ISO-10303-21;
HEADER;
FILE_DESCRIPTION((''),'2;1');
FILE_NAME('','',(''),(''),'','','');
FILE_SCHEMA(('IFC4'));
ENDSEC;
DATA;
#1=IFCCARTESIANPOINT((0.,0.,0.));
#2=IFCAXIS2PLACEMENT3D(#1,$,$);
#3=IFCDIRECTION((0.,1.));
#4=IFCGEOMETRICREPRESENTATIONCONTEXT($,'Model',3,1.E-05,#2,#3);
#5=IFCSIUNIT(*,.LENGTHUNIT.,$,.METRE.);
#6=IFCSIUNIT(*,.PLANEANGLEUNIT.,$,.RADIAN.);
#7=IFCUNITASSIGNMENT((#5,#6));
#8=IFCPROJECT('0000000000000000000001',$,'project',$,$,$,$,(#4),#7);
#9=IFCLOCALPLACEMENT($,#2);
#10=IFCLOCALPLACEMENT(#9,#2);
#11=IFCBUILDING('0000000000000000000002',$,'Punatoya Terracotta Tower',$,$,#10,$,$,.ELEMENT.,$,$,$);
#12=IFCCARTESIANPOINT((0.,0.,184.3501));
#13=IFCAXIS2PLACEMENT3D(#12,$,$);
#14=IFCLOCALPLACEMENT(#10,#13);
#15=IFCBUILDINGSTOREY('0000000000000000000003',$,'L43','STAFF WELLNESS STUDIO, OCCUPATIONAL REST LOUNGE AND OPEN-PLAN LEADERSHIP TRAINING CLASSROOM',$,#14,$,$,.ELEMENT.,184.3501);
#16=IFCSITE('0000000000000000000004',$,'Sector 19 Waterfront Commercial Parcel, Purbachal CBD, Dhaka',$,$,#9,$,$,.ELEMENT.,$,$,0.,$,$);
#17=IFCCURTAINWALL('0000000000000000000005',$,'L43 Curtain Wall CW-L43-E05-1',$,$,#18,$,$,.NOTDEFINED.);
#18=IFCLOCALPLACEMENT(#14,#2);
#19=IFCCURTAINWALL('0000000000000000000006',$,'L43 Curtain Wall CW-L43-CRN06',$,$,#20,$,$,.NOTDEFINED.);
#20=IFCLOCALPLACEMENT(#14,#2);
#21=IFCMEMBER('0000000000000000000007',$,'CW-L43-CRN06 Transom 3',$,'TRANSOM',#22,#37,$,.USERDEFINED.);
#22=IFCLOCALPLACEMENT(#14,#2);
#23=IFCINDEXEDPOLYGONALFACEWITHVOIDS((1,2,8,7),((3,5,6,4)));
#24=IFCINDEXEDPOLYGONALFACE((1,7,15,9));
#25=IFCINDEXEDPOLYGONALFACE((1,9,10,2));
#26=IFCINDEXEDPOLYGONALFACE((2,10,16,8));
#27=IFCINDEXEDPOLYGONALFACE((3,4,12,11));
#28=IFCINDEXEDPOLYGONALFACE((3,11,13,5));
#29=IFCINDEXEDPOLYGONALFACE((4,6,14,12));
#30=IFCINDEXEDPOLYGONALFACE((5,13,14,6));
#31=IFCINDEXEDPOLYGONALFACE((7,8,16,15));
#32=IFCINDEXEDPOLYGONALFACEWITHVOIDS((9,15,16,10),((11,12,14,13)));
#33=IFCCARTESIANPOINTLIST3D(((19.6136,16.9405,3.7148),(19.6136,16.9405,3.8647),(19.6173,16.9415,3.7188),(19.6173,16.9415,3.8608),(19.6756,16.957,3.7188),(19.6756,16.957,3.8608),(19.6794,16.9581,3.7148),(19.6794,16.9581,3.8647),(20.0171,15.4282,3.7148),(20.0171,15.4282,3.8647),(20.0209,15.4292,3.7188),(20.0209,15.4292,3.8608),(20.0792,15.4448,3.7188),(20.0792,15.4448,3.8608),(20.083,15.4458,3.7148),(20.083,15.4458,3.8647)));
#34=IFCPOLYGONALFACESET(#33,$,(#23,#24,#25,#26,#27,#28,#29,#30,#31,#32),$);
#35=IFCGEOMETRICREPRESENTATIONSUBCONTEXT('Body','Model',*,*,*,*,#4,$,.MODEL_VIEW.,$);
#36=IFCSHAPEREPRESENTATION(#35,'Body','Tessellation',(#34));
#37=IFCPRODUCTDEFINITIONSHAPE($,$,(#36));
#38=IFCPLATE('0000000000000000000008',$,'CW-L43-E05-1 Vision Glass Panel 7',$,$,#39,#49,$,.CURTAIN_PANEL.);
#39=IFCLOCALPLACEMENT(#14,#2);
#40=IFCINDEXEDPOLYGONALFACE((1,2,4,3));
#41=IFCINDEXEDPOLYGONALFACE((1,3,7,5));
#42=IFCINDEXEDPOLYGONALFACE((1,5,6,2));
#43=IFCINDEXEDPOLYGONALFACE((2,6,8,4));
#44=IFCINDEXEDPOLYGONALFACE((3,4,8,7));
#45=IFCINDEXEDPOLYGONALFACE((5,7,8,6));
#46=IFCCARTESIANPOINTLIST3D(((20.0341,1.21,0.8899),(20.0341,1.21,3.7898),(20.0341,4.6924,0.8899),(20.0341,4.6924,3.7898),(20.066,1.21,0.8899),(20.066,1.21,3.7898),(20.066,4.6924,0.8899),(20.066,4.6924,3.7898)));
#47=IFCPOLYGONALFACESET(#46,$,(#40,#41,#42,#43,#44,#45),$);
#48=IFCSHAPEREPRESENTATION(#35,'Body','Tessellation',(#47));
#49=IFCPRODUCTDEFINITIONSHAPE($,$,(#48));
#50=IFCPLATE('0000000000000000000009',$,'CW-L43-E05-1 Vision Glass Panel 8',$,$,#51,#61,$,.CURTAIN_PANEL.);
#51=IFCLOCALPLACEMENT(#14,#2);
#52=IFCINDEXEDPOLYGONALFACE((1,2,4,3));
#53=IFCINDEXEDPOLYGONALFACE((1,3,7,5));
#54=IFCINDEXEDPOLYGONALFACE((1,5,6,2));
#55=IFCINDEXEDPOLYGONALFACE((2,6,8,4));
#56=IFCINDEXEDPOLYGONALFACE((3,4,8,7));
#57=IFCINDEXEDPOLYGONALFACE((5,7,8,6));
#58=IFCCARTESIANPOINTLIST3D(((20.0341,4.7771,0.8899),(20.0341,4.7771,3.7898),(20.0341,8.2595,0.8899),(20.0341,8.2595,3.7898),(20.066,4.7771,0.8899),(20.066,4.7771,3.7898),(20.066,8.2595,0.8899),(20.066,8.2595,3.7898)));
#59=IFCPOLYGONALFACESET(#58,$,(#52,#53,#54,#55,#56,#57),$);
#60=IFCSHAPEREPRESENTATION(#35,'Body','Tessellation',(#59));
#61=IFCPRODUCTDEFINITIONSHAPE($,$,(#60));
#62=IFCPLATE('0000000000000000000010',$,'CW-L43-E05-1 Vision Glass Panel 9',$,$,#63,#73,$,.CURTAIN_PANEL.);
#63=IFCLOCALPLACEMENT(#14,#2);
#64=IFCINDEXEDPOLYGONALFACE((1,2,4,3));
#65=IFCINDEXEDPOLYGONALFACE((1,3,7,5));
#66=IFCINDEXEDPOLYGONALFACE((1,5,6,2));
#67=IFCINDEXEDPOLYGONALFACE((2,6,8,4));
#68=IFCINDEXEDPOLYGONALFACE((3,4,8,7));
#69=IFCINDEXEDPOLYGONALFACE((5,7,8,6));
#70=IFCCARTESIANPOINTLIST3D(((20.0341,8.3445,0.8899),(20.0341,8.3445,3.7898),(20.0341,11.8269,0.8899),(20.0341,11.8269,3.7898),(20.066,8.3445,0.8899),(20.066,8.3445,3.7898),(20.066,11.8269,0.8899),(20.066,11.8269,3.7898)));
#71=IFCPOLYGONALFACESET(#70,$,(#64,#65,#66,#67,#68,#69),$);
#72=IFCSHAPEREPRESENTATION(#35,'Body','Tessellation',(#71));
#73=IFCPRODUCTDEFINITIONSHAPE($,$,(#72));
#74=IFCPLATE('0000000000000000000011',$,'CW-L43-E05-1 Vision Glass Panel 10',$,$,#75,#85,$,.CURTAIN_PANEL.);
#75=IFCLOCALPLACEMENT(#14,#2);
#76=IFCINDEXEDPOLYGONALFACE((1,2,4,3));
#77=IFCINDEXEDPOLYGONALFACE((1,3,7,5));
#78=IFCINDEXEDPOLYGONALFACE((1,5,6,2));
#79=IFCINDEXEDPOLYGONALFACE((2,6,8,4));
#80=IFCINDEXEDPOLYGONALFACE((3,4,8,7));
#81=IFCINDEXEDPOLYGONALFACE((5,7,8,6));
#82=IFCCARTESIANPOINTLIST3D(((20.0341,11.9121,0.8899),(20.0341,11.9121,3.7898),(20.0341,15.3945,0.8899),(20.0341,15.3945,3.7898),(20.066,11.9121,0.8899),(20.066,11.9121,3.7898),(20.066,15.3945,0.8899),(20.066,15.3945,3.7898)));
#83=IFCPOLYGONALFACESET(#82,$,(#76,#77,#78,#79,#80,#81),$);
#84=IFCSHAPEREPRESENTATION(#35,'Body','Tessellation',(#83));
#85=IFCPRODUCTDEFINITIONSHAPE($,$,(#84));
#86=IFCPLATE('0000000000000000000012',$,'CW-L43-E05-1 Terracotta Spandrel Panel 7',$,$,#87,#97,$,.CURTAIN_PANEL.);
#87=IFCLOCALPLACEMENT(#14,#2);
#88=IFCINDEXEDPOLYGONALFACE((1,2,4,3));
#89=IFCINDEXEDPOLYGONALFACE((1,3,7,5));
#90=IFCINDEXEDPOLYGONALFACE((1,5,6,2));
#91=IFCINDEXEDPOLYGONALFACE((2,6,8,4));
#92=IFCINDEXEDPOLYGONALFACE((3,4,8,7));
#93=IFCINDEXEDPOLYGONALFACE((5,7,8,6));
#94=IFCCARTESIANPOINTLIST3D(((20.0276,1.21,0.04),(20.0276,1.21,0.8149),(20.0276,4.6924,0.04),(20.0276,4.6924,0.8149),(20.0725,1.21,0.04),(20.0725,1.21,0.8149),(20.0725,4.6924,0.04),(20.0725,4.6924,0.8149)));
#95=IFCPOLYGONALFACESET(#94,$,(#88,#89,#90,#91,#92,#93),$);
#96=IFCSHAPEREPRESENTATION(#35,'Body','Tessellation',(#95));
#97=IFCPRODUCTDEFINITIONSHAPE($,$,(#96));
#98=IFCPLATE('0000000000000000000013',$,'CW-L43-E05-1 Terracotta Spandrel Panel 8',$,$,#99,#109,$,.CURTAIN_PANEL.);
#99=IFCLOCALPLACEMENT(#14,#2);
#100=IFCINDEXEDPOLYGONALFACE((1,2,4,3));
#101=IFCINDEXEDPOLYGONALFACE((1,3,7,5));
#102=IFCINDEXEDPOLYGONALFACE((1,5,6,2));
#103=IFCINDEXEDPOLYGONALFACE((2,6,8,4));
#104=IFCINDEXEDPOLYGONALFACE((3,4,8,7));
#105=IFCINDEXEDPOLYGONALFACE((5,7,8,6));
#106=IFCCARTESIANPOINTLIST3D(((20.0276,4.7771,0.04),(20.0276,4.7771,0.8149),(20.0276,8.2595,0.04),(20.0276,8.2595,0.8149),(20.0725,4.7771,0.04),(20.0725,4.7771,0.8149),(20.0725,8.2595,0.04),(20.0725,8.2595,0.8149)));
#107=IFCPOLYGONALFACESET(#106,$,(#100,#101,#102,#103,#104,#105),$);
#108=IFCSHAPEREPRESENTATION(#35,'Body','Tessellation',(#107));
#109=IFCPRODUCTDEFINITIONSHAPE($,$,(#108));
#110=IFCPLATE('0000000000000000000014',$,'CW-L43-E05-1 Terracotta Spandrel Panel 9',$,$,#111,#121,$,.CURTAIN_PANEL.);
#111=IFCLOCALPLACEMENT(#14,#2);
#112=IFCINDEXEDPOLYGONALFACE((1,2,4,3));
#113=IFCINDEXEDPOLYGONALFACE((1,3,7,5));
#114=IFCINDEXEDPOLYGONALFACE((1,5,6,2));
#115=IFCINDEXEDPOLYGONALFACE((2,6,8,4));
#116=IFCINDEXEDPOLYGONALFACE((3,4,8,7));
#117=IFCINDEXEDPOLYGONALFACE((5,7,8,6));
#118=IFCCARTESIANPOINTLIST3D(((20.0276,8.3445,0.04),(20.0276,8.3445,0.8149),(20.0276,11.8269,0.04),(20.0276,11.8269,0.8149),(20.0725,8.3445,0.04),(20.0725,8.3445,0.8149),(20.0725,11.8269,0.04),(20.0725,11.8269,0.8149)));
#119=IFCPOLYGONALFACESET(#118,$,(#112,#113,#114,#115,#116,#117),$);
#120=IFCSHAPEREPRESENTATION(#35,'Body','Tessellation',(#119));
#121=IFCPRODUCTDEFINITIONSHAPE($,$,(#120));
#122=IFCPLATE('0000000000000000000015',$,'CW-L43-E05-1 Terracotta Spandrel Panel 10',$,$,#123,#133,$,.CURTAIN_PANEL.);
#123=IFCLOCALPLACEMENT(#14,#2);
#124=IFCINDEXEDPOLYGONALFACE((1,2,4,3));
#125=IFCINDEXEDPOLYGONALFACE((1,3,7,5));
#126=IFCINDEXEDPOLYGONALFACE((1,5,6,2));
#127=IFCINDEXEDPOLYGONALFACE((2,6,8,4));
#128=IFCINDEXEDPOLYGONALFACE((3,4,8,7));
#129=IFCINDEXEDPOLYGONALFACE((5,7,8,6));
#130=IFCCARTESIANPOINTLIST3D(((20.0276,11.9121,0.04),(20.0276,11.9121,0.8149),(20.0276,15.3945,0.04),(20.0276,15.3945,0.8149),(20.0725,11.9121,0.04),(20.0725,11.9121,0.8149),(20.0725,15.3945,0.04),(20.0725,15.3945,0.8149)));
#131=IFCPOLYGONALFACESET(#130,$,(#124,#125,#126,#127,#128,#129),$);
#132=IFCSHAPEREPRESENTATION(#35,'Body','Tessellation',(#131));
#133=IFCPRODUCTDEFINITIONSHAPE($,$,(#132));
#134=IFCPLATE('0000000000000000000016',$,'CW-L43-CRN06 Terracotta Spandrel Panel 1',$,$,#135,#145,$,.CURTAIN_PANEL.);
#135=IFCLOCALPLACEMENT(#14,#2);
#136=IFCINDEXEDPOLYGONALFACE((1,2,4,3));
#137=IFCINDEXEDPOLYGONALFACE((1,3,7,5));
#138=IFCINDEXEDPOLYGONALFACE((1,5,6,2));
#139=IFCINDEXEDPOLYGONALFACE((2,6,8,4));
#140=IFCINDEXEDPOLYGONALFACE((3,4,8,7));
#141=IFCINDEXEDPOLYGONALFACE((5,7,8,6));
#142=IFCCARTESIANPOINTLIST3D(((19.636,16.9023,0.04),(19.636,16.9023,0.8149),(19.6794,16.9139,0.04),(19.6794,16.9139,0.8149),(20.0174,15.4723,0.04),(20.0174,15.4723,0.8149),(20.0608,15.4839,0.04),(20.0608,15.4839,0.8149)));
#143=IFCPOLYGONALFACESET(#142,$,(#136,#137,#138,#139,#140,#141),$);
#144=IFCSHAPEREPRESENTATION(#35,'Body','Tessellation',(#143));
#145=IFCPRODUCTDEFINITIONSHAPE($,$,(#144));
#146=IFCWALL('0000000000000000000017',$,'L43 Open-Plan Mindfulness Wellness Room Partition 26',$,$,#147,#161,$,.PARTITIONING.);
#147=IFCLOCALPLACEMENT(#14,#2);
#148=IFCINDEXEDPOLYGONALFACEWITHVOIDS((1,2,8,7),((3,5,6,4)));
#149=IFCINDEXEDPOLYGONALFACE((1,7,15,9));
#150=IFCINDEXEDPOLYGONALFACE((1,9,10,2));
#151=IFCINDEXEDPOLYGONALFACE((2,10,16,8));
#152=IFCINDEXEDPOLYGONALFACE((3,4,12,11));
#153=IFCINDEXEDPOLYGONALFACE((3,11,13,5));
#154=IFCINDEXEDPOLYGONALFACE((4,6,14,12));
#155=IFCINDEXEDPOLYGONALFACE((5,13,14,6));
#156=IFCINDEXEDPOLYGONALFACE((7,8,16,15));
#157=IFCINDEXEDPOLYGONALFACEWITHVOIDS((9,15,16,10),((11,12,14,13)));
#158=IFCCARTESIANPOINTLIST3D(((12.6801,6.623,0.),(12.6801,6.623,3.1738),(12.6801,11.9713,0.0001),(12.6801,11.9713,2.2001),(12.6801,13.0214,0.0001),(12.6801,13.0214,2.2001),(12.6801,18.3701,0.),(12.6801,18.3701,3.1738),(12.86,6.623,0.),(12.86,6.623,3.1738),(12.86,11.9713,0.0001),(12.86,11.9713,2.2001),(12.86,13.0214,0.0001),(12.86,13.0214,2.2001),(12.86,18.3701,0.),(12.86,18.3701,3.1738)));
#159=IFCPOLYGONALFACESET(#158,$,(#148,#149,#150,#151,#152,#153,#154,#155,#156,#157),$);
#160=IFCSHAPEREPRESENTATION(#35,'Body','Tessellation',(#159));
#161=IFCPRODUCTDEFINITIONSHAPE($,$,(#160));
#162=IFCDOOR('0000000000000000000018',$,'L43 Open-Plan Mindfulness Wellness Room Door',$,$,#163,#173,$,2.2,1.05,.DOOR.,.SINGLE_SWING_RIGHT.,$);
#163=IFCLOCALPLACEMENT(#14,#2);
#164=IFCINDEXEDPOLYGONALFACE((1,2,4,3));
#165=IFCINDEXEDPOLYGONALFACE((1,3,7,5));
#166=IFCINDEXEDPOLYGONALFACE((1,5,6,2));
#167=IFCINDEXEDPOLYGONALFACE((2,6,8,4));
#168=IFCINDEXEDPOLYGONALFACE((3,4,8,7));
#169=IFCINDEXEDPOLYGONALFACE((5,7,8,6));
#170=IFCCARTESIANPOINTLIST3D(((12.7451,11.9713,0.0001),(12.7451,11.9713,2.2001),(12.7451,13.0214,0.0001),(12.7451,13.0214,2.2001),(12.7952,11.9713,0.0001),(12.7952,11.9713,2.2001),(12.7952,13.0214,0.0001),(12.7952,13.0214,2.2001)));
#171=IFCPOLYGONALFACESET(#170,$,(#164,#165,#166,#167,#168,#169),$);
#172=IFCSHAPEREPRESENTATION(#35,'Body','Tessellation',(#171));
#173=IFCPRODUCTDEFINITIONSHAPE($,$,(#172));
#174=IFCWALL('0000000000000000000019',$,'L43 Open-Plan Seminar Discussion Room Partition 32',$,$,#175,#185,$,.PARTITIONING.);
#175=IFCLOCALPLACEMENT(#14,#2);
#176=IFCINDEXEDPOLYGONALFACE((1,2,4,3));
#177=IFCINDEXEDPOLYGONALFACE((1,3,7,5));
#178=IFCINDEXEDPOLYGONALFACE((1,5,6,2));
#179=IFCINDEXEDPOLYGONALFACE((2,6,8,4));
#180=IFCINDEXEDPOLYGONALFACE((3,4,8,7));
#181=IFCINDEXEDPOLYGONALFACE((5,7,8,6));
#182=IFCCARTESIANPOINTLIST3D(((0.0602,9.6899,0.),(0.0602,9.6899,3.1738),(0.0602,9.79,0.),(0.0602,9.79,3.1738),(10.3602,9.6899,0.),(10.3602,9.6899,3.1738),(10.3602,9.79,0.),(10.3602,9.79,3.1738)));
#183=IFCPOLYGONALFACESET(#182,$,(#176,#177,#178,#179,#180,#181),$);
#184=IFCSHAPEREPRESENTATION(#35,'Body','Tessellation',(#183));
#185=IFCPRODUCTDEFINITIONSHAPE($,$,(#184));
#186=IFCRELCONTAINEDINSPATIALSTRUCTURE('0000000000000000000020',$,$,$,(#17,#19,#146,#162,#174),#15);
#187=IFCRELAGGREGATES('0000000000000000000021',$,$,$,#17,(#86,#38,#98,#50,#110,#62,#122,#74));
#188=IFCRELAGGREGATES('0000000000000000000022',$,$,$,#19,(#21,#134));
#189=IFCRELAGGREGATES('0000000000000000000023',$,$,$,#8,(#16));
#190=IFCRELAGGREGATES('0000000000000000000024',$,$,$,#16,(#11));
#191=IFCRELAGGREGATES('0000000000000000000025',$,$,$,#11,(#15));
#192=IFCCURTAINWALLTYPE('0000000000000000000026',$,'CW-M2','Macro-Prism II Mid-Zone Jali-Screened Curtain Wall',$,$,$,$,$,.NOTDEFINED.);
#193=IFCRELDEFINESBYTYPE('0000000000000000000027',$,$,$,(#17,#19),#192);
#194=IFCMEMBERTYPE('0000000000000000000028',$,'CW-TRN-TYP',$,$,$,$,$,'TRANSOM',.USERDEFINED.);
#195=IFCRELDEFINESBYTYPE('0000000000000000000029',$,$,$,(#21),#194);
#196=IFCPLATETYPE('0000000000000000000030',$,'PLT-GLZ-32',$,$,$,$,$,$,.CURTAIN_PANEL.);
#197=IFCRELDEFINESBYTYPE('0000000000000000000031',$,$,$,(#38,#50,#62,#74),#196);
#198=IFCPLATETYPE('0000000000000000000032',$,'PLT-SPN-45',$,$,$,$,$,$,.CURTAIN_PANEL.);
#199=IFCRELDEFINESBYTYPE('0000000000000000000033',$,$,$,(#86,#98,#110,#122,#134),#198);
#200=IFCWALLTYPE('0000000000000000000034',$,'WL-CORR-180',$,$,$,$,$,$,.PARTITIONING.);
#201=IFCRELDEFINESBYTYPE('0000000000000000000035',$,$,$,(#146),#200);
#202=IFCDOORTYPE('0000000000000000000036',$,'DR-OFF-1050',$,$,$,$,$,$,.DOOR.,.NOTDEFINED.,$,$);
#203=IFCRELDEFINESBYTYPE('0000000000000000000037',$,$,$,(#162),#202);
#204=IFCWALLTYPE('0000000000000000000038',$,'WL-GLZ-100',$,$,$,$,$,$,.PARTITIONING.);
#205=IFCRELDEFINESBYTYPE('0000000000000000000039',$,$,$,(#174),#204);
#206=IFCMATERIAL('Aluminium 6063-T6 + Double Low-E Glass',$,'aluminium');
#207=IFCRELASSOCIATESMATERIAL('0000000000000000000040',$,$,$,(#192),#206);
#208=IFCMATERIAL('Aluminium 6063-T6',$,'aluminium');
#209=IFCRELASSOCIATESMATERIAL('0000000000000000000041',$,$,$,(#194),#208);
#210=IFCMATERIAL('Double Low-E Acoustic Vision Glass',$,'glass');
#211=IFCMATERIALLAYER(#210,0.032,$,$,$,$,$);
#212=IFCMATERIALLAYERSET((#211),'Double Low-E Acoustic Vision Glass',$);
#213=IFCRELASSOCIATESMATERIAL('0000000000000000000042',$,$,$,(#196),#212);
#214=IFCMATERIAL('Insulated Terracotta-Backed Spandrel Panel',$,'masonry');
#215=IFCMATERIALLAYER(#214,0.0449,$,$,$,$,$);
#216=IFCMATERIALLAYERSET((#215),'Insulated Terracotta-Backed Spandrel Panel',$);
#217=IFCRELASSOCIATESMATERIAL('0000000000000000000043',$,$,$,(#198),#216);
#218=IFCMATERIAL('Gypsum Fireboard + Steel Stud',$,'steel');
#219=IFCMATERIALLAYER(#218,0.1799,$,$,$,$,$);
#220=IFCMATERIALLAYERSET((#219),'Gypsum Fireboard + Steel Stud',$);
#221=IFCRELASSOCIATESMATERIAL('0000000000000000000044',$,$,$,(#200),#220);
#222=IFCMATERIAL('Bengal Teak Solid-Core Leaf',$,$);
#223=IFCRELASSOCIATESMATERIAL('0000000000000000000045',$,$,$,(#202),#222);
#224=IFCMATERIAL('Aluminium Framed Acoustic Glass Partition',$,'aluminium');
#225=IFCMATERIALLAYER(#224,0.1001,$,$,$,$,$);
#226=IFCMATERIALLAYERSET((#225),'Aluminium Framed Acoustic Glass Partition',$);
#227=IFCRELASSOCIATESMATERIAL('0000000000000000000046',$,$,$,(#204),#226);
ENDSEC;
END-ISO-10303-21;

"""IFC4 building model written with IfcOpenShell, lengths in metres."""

from ifc_helpers import new_model, si_unit, direction, frame, frame_2d, origin, origin_2d, place, context, subcontext, project, spatial, rectangle, hollow_rectangle, extrude, material, layer, layer_set, material_profile, profile_set, type_object, element, fill, aggregate, save


model = new_model("IFC4")

# Units and contexts
model_context = context("Model", 3, precision=1e-05, world=origin(), true_north=direction((0.0, 1.0)))
body_context = subcontext(model_context, "Body", "Model", "MODEL_VIEW")
ifc_project = project(units=[si_unit("LENGTHUNIT", "METRE"), si_unit("PLANEANGLEUNIT", "RADIAN")], contexts=[model_context])

# Site, building, storey
site_placement = place(None, origin())
site = spatial("IfcSite", under=ifc_project, at=site_placement, Name="Sector 19 Waterfront Commercial Parcel, Purbachal CBD, Dhaka", CompositionType="ELEMENT", RefElevation=0.0)
building_placement = place(site_placement, origin())
building = spatial("IfcBuilding", under=site, at=building_placement, Name="Punatoya Terracotta Tower", CompositionType="ELEMENT")
storey_placement = place(building_placement, frame((0.0, 0.0, 184.3501)))
storey = spatial("IfcBuildingStorey", under=building, at=storey_placement, Name="L43", Description="STAFF WELLNESS STUDIO, OCCUPATIONAL REST LOUNGE AND OPEN-PLAN LEADERSHIP TRAINING CLASSROOM", CompositionType="ELEMENT", Elevation=184.3501)

# Curtain walls, member
ifc_material_1 = material(Name="Aluminium 6063-T6 + Double Low-E Glass", Category="aluminium")
curtain_wall_type = type_object("IfcCurtainWallType", Name="CW-M2", Description="Macro-Prism II Mid-Zone Jali-Screened Curtain Wall", PredefinedType="NOTDEFINED", material=ifc_material_1)
curtain_wall_1_placement = place(storey_placement, origin())
curtain_wall_1 = element("IfcCurtainWall", 1, at=curtain_wall_1_placement, inside=storey, type_object=curtain_wall_type, Name="L43 Curtain Wall CW-L43-E05-1", PredefinedType="NOTDEFINED")
ifc_material_2 = material(Name="Aluminium 6063-T6", Category="aluminium")
curtain_wall_2_placement = place(storey_placement, origin())
curtain_wall_2 = element("IfcCurtainWall", 2, at=curtain_wall_2_placement, inside=storey, type_object=curtain_wall_type, Name="L43 Curtain Wall CW-L43-CRN06", PredefinedType="NOTDEFINED")
ifc_material_profile_1 = material_profile(ifc_material_2, hollow_rectangle(XDim=0.0681, YDim=0.1499, WallThickness=0.0039, at=origin_2d()))
ifc_profile_set_1 = profile_set([ifc_material_profile_1], Name="Aluminium 6063-T6")
member_type_1 = type_object("IfcMemberType", Name="CW-TRN-TYP", ElementType="TRANSOM", PredefinedType="USERDEFINED", material=ifc_profile_set_1)
member_1_placement = place(storey_placement, frame((20.05, 15.437, 3.7898), z_axis=(-0.257847, 0.966186, 0.0), x_axis=(-0.966186, -0.257847, 0.0)))
member_1 = element("IfcMember", 3, at=member_1_placement, type_object=member_type_1, Name="CW-L43-CRN06 Transom 3", ObjectType="TRANSOM", PredefinedType="USERDEFINED", context=body_context, shape_type="SweptSolid", body=[
    extrude(hollow_rectangle(XDim=0.0681, YDim=0.1499, WallThickness=0.0039, at=origin_2d()), origin(), (0.0, 0.0, 1.0), 1.5652),
])

# Plates
ifc_material_3 = material(Name="Double Low-E Acoustic Vision Glass", Category="glass")
ifc_layer_1 = layer(ifc_material_3, 0.032)
ifc_layer_set_1 = layer_set([ifc_layer_1], Name="Double Low-E Acoustic Vision Glass")
plate_type_1 = type_object("IfcPlateType", Name="PLT-GLZ-32", PredefinedType="CURTAIN_PANEL", material=ifc_layer_set_1)
plate_1_placement = place(storey_placement, frame((20.05, 2.9512, 0.8899), z_axis=(0.0, 0.0, 1.0), x_axis=(0.0, 1.0, 0.0)))
plate_1 = element("IfcPlate", 4, at=plate_1_placement, type_object=plate_type_1, Name="CW-L43-E05-1 Vision Glass Panel 7", PredefinedType="CURTAIN_PANEL", context=body_context, shape_type="SweptSolid", body=[
    extrude(rectangle(XDim=3.4824, YDim=0.032, at=origin_2d()), origin(), (0.0, 0.0, 1.0), 2.8999),
])
plate_2_placement = place(storey_placement, frame((20.05, 6.5183, 0.8899), z_axis=(0.0, 0.0, 1.0), x_axis=(0.0, 1.0, 0.0)))
plate_2 = element("IfcPlate", 5, at=plate_2_placement, type_object=plate_type_1, Name="CW-L43-E05-1 Vision Glass Panel 8", PredefinedType="CURTAIN_PANEL", context=body_context, shape_type="SweptSolid", body=[
    extrude(rectangle(XDim=3.4824, YDim=0.032, at=origin_2d()), origin(), (0.0, 0.0, 1.0), 2.8999),
])
plate_3_placement = place(storey_placement, frame((20.05, 10.0857, 0.8899), z_axis=(0.0, 0.0, 1.0), x_axis=(0.0, 1.0, 0.0)))
plate_3 = element("IfcPlate", 6, at=plate_3_placement, type_object=plate_type_1, Name="CW-L43-E05-1 Vision Glass Panel 9", PredefinedType="CURTAIN_PANEL", context=body_context, shape_type="SweptSolid", body=[
    extrude(rectangle(XDim=3.4824, YDim=0.032, at=origin_2d()), origin(), (0.0, 0.0, 1.0), 2.8999),
])
plate_4_placement = place(storey_placement, frame((20.05, 13.6533, 0.8899), z_axis=(0.0, 0.0, 1.0), x_axis=(0.0, 1.0, 0.0)))
plate_4 = element("IfcPlate", 7, at=plate_4_placement, type_object=plate_type_1, Name="CW-L43-E05-1 Vision Glass Panel 10", PredefinedType="CURTAIN_PANEL", context=body_context, shape_type="SweptSolid", body=[
    extrude(rectangle(XDim=3.4824, YDim=0.032, at=origin_2d()), origin(), (0.0, 0.0, 1.0), 2.8999),
])
ifc_material_4 = material(Name="Insulated Terracotta-Backed Spandrel Panel", Category="masonry")
ifc_layer_2 = layer(ifc_material_4, 0.0449)
ifc_layer_set_2 = layer_set([ifc_layer_2], Name="Insulated Terracotta-Backed Spandrel Panel")
plate_type_2 = type_object("IfcPlateType", Name="PLT-SPN-45", PredefinedType="CURTAIN_PANEL", material=ifc_layer_set_2)
plate_5_placement = place(storey_placement, frame((20.05, 2.9512, 0.04), z_axis=(0.0, 0.0, 1.0), x_axis=(0.0, 1.0, 0.0)))
plate_5 = element("IfcPlate", 8, at=plate_5_placement, type_object=plate_type_2, Name="CW-L43-E05-1 Terracotta Spandrel Panel 7", PredefinedType="CURTAIN_PANEL", context=body_context, shape_type="SweptSolid", body=[
    extrude(rectangle(XDim=3.4824, YDim=0.0449, at=origin_2d()), origin(), (0.0, 0.0, 1.0), 0.7749),
])
plate_6_placement = place(storey_placement, frame((20.05, 6.5183, 0.04), z_axis=(0.0, 0.0, 1.0), x_axis=(0.0, 1.0, 0.0)))
plate_6 = element("IfcPlate", 9, at=plate_6_placement, type_object=plate_type_2, Name="CW-L43-E05-1 Terracotta Spandrel Panel 8", PredefinedType="CURTAIN_PANEL", context=body_context, shape_type="SweptSolid", body=[
    extrude(rectangle(XDim=3.4824, YDim=0.0449, at=origin_2d()), origin(), (0.0, 0.0, 1.0), 0.7749),
])
plate_7_placement = place(storey_placement, frame((20.05, 10.0857, 0.04), z_axis=(0.0, 0.0, 1.0), x_axis=(0.0, 1.0, 0.0)))
plate_7 = element("IfcPlate", 10, at=plate_7_placement, type_object=plate_type_2, Name="CW-L43-E05-1 Terracotta Spandrel Panel 9", PredefinedType="CURTAIN_PANEL", context=body_context, shape_type="SweptSolid", body=[
    extrude(rectangle(XDim=3.4824, YDim=0.0449, at=origin_2d()), origin(), (0.0, 0.0, 1.0), 0.7749),
])
plate_8_placement = place(storey_placement, frame((20.05, 13.6533, 0.04), z_axis=(0.0, 0.0, 1.0), x_axis=(0.0, 1.0, 0.0)))
plate_8 = element("IfcPlate", 11, at=plate_8_placement, type_object=plate_type_2, Name="CW-L43-E05-1 Terracotta Spandrel Panel 10", PredefinedType="CURTAIN_PANEL", context=body_context, shape_type="SweptSolid", body=[
    extrude(rectangle(XDim=3.4824, YDim=0.0449, at=origin_2d()), origin(), (0.0, 0.0, 1.0), 0.7749),
])
aggregate(curtain_wall_1, [plate_5, plate_1, plate_6, plate_2, plate_7, plate_3, plate_8, plate_4])
plate_9_placement = place(storey_placement, frame((19.8484, 16.1931, 0.04), z_axis=(0.0, 0.0, 1.0), x_axis=(-0.257742, 0.966214, 0.0)))
plate_9 = element("IfcPlate", 12, at=plate_9_placement, type_object=plate_type_2, Name="CW-L43-CRN06 Terracotta Spandrel Panel 1", PredefinedType="CURTAIN_PANEL", context=body_context, shape_type="SweptSolid", body=[
    extrude(rectangle(XDim=1.48, YDim=0.0449, at=origin_2d()), origin(), (0.0, 0.0, 1.0), 0.7749),
])
aggregate(curtain_wall_2, [member_1, plate_9])

# Wall, opening, door
ifc_material_5 = material(Name="Gypsum Fireboard + Steel Stud", Category="steel")
ifc_layer_3 = layer(ifc_material_5, 0.1799)
ifc_layer_set_3 = layer_set([ifc_layer_3], Name="Gypsum Fireboard + Steel Stud")
wall_type_1 = type_object("IfcWallType", Name="WL-CORR-180", PredefinedType="PARTITIONING", material=ifc_layer_set_3)
wall_1_placement = place(storey_placement, frame((12.77, 6.623, 0.0), z_axis=(0.0, 0.0, 1.0), x_axis=(0.0, 1.0, 0.0)))
wall_1 = element("IfcWall", 13, at=wall_1_placement, inside=storey, type_object=wall_type_1, Name="L43 Open-Plan Mindfulness Wellness Room Partition 26", PredefinedType="PARTITIONING", context=body_context, shape_type="SweptSolid", body=[
    extrude(rectangle(XDim=11.7471, YDim=0.1799, at=frame_2d((5.8735, 0.0))), origin(), (0.0, 0.0, 1.0), 3.1738),
])
opening_placement = place(wall_1_placement, frame((5.3484, 0.0, 0.0)))
opening = element("IfcOpeningElement", 14, at=opening_placement, cuts=wall_1, PredefinedType="OPENING", context=body_context, shape_type="SweptSolid", body=[
    extrude(rectangle(XDim=1.05, YDim=2.2, at=frame_2d((0.5249, 1.1001))), frame((0.0, 0.0999, 0.0), z_axis=(0.0, -1.0, 0.0), x_axis=(1.0, 0.0, 0.0)), (0.0, 0.0, 1.0), 0.2),
])
ifc_material_6 = material(Name="Bengal Teak Solid-Core Leaf")
door_type = type_object("IfcDoorType", Name="DR-OFF-1050", OperationType="NOTDEFINED", PredefinedType="DOOR", material=ifc_material_6)
door_placement = place(opening_placement, origin())
door = element("IfcDoor", 15, at=door_placement, inside=storey, type_object=door_type, Name="L43 Open-Plan Mindfulness Wellness Room Door", OperationType="SINGLE_SWING_RIGHT", OverallHeight=2.2, OverallWidth=1.05, PredefinedType="DOOR", context=body_context, shape_type="SweptSolid", body=[
    extrude(rectangle(XDim=1.05, YDim=2.2, at=frame_2d((0.5249, 1.1001))), frame((0.0, 0.0249, 0.0), z_axis=(0.0, -1.0, 0.0), x_axis=(1.0, 0.0, 0.0)), (0.0, 0.0, 1.0), 0.05),
])
fill(opening, door)

# Wall
ifc_material_7 = material(Name="Aluminium Framed Acoustic Glass Partition", Category="aluminium")
ifc_layer_4 = layer(ifc_material_7, 0.1001)
ifc_layer_set_4 = layer_set([ifc_layer_4], Name="Aluminium Framed Acoustic Glass Partition")
wall_type_2 = type_object("IfcWallType", Name="WL-GLZ-100", PredefinedType="PARTITIONING", material=ifc_layer_set_4)
wall_2_placement = place(storey_placement, frame((10.3601, 9.74, 0.0), z_axis=(0.0, 0.0, 1.0), x_axis=(-1.0, 0.0, 0.0)))
element("IfcWall", 16, at=wall_2_placement, inside=storey, type_object=wall_type_2, Name="L43 Open-Plan Seminar Discussion Room Partition 32", PredefinedType="PARTITIONING", context=body_context, shape_type="SweptSolid", body=[
    extrude(rectangle(XDim=10.3, YDim=0.1001, at=frame_2d((5.1499, 0.0))), origin(), (0.0, 0.0, 1.0), 3.1738),
])

save(model, "model.ifc")
